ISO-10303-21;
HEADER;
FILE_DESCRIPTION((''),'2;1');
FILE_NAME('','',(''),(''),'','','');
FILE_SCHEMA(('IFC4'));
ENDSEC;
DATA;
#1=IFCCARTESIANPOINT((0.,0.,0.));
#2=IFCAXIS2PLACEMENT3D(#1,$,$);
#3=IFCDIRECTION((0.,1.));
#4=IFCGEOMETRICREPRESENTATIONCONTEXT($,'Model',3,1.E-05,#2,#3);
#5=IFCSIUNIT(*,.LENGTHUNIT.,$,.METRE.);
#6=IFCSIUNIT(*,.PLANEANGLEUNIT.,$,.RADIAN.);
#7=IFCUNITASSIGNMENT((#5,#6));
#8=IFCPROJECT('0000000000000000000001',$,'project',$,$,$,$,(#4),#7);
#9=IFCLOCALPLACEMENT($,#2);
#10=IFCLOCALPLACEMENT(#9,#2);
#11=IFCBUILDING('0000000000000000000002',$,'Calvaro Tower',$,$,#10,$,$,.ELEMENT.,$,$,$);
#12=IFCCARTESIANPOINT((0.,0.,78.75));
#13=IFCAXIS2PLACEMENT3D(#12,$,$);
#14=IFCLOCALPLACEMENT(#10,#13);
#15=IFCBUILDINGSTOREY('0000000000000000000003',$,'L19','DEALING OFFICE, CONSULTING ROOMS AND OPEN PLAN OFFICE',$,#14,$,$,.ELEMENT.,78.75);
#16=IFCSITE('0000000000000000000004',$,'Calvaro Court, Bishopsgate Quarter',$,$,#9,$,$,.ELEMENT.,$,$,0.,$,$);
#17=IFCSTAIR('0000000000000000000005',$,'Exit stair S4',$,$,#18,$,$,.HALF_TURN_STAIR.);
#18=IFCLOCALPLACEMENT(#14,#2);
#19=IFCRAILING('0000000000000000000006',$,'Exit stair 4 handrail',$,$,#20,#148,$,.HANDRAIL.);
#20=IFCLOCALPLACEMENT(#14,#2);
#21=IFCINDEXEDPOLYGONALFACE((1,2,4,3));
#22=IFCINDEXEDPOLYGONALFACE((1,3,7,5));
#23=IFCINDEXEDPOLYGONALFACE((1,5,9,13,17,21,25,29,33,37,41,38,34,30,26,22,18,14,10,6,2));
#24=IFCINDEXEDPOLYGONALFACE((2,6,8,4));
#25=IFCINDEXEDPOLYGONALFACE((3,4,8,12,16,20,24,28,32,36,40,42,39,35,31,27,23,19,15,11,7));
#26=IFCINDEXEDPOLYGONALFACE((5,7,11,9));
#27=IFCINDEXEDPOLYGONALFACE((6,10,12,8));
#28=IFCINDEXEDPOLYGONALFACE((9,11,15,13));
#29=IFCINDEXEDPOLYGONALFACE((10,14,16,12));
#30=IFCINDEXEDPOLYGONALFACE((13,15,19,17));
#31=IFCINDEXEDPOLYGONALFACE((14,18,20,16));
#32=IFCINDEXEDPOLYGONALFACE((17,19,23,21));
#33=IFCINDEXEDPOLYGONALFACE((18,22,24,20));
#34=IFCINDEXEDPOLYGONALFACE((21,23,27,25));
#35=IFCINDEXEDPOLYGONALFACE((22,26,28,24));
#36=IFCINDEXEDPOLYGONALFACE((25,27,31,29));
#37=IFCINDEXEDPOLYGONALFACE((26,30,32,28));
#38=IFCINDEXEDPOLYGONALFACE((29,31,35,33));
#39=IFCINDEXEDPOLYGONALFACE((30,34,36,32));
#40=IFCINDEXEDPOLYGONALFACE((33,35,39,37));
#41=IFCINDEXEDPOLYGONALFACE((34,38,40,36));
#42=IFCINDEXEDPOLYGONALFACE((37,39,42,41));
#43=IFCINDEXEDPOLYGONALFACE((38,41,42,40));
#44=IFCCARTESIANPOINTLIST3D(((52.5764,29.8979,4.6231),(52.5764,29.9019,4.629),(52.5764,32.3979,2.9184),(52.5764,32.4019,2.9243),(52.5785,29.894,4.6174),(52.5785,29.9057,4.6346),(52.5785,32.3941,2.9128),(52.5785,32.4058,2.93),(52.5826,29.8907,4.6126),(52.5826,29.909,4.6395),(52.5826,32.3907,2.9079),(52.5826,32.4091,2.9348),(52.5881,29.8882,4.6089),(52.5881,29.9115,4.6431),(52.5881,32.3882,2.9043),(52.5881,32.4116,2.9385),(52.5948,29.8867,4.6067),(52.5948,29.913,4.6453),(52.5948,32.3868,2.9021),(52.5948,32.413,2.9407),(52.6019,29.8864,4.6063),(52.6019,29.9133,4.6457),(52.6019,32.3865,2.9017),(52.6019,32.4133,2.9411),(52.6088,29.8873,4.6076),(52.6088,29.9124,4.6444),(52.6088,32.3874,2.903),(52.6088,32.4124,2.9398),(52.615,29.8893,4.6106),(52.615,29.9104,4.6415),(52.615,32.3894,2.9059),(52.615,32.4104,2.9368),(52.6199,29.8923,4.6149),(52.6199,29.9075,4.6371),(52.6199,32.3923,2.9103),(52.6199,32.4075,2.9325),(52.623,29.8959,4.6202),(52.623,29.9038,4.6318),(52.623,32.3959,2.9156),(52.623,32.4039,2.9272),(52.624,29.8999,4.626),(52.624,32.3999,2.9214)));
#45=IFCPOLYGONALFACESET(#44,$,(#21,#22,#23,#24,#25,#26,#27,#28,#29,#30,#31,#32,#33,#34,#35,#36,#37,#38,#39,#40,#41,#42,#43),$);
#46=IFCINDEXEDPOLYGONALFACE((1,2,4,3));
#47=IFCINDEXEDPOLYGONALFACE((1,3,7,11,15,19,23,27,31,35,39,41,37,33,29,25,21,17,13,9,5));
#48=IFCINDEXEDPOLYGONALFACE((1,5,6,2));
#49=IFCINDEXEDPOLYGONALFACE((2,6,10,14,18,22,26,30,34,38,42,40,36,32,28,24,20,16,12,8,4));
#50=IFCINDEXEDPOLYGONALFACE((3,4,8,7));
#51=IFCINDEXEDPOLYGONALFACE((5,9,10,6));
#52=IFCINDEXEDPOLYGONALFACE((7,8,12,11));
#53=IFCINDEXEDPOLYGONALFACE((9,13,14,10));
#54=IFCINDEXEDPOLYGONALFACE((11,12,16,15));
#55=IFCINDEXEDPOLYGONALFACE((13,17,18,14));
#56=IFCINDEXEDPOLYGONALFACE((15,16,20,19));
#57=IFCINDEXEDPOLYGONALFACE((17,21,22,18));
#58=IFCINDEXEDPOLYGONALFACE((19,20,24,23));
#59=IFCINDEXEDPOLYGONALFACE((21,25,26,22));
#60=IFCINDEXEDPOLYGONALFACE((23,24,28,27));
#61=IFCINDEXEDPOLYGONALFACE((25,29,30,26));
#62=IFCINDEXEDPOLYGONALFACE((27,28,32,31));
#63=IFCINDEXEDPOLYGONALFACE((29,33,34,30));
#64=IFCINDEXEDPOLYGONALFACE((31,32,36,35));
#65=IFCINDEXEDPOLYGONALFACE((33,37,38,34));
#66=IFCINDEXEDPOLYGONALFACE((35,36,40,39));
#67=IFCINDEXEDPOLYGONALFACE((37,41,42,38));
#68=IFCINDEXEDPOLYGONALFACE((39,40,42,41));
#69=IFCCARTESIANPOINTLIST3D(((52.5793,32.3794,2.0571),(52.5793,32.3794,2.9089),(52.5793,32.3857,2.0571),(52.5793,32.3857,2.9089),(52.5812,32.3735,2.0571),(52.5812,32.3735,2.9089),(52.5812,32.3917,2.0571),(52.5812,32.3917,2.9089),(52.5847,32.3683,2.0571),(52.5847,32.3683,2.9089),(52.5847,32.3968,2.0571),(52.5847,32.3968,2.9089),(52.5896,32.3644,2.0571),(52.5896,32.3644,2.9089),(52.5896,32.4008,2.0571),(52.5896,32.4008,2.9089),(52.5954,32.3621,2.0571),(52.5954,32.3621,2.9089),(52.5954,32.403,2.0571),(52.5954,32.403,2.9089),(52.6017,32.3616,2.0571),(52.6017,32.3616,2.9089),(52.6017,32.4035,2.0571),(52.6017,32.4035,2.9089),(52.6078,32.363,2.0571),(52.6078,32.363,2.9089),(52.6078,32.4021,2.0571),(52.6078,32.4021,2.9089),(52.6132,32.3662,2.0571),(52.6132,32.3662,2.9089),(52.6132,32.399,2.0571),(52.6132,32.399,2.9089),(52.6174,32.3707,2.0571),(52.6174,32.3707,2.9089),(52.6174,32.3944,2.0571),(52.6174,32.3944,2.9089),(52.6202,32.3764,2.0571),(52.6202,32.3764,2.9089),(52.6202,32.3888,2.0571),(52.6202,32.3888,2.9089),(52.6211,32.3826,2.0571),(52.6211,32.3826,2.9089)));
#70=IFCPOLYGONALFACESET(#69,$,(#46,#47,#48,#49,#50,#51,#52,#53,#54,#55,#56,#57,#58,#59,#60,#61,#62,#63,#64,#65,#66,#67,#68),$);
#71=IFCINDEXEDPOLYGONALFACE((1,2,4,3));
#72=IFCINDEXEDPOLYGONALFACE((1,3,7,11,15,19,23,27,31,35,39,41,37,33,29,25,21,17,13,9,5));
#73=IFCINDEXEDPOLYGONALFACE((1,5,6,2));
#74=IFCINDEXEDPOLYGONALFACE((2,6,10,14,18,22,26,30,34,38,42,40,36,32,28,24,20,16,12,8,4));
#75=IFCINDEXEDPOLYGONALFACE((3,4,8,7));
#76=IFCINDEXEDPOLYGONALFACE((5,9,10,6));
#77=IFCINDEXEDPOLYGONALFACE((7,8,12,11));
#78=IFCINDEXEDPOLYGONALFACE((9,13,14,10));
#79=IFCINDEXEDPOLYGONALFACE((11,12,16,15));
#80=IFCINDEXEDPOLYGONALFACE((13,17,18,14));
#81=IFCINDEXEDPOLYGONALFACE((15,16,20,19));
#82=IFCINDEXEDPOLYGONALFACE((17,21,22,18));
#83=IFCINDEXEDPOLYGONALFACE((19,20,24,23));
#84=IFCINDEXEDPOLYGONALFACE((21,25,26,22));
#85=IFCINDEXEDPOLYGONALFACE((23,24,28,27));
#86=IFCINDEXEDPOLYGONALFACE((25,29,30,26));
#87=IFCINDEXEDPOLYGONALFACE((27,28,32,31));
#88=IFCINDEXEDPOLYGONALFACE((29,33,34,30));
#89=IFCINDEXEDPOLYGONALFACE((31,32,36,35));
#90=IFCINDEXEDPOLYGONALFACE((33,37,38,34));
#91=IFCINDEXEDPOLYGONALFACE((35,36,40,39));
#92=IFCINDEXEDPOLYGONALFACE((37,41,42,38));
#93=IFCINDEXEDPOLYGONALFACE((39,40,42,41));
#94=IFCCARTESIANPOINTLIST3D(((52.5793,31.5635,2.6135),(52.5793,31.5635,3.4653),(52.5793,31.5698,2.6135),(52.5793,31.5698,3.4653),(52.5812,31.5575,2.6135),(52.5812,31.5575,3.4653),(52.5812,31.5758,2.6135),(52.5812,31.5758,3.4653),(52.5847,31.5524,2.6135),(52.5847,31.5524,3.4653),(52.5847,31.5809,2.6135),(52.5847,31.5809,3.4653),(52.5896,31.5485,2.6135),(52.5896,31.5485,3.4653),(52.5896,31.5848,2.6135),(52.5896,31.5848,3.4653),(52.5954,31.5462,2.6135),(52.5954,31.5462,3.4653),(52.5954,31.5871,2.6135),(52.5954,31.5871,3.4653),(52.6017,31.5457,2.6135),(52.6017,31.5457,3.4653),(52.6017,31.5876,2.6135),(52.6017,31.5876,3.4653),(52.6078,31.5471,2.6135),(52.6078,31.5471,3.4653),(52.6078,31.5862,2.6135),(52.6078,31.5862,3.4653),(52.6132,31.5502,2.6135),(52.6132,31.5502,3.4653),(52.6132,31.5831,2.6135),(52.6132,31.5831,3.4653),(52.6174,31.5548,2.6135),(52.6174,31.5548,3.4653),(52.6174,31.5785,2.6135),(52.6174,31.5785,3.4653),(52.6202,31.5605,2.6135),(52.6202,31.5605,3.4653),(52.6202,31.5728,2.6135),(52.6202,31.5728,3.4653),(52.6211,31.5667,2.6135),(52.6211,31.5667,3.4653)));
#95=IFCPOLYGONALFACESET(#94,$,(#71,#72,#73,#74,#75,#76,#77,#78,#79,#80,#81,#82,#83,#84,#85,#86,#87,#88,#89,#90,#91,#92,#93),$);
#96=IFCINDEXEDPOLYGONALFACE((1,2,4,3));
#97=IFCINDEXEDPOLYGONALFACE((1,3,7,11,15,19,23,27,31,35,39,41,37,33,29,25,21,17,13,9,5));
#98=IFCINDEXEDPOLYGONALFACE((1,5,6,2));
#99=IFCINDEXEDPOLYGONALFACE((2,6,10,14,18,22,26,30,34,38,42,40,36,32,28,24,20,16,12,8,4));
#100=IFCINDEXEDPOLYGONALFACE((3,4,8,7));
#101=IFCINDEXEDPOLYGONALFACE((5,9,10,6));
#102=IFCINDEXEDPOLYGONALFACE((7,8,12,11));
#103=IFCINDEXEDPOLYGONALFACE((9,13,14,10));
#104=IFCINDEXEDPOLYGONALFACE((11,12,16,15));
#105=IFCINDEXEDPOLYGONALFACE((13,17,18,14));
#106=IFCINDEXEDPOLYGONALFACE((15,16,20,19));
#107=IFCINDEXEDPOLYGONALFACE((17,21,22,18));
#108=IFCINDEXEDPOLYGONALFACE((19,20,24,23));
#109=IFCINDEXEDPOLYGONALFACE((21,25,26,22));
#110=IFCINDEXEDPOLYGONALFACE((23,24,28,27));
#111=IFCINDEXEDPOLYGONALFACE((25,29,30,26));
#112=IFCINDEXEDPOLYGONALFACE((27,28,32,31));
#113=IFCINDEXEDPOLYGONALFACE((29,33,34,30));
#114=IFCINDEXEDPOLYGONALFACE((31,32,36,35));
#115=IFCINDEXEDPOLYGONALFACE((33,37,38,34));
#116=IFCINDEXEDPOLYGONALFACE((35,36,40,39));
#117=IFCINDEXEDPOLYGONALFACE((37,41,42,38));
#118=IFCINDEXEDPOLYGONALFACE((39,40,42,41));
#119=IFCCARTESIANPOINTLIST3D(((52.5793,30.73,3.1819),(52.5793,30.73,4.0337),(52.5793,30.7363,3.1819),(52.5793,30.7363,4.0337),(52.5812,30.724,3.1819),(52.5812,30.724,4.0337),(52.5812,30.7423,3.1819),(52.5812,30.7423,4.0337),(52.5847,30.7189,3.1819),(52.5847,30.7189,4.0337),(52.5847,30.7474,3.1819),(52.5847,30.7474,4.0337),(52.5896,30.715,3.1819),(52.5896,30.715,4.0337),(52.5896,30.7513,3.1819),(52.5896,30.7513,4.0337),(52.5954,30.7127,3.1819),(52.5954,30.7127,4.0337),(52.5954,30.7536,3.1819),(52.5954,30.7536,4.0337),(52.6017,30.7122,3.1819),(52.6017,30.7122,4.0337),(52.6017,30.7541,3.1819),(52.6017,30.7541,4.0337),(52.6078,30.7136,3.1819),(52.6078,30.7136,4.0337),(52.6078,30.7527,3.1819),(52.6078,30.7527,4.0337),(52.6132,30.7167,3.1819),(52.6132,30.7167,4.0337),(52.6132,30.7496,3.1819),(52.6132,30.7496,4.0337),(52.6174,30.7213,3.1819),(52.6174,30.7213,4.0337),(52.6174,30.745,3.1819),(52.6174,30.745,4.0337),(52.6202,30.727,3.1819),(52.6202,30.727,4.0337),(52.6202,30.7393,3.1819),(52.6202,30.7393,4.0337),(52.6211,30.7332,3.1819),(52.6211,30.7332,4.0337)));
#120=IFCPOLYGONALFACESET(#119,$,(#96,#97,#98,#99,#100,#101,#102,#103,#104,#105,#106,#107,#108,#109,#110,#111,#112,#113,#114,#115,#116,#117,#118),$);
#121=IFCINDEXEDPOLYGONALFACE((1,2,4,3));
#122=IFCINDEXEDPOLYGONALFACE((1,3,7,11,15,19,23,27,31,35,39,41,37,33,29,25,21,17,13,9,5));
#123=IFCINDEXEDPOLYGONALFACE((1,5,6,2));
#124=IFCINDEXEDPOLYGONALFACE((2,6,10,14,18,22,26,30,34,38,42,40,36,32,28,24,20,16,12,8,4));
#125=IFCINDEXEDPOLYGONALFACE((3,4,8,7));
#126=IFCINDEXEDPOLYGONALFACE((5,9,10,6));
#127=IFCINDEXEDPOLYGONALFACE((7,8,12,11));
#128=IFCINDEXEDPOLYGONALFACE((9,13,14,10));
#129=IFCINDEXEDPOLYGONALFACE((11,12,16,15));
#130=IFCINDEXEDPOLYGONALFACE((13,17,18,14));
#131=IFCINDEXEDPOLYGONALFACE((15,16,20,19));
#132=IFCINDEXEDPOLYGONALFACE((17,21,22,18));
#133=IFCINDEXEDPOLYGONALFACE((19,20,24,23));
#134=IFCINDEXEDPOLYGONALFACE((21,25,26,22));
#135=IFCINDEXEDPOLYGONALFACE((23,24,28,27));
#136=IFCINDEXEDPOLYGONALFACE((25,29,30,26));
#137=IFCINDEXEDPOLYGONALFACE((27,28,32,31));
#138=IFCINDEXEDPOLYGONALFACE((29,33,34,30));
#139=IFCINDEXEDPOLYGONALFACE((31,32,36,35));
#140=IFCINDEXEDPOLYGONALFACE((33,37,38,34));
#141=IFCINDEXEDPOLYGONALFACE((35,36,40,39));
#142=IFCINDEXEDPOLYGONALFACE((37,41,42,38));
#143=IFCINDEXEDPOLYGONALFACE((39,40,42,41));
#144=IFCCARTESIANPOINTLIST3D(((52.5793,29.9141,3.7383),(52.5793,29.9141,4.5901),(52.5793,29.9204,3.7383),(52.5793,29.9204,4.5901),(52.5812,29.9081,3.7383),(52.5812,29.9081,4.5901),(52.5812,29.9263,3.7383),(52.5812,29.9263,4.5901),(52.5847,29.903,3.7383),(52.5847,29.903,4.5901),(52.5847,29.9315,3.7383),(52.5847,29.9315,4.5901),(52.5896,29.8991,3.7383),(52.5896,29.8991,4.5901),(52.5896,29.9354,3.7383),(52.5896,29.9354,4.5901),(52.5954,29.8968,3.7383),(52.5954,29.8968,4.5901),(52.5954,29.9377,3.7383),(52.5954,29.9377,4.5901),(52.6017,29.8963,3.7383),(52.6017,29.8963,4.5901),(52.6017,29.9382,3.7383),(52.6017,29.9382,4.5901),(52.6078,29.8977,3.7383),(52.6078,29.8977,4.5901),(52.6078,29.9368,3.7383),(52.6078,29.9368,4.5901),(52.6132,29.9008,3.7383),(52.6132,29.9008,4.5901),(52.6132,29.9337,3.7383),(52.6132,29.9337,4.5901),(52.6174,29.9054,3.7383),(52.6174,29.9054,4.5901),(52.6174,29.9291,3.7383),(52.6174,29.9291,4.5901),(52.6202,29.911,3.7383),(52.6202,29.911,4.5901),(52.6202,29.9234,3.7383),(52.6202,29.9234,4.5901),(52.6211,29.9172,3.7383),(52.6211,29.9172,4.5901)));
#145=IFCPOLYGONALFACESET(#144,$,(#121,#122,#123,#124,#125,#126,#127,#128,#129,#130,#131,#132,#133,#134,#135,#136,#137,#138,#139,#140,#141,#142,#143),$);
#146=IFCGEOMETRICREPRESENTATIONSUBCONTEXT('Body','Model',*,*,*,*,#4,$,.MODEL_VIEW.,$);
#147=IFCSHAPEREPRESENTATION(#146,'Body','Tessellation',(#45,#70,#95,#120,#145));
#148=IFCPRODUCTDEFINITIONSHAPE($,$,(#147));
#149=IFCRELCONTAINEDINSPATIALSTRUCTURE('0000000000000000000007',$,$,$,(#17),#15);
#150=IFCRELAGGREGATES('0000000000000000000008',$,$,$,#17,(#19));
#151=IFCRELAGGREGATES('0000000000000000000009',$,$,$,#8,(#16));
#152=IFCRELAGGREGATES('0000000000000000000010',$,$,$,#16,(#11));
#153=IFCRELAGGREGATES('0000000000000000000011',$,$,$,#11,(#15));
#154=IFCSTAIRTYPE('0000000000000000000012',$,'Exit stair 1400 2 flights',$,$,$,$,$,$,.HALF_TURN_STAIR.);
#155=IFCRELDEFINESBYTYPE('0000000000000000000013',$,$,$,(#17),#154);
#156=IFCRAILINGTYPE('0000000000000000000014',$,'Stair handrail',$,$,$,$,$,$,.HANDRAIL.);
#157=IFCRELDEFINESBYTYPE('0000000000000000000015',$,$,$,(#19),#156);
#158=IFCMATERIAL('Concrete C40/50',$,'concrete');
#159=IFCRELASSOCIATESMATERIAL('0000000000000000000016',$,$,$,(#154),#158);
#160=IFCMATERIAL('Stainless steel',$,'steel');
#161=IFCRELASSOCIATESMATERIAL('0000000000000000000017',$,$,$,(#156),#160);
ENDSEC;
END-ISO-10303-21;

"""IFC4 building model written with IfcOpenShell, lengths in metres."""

from ifc_helpers import new_model, si_unit, direction, frame, origin, origin_2d, place, context, subcontext, project, spatial, circle, extrude, material, type_object, element, aggregate, save


model = new_model("IFC4")

# Units and contexts
model_context = context("Model", 3, precision=1e-05, world=origin(), true_north=direction((0.0, 1.0)))
body_context = subcontext(model_context, "Body", "Model", "MODEL_VIEW")
ifc_project = project(units=[si_unit("LENGTHUNIT", "METRE"), si_unit("PLANEANGLEUNIT", "RADIAN")], contexts=[model_context])

# Site, building, storey
site_placement = place(None, origin())
site = spatial("IfcSite", under=ifc_project, at=site_placement, Name="Calvaro Court, Bishopsgate Quarter", CompositionType="ELEMENT", RefElevation=0.0)
building_placement = place(site_placement, origin())
building = spatial("IfcBuilding", under=site, at=building_placement, Name="Calvaro Tower", CompositionType="ELEMENT")
storey_placement = place(building_placement, frame((0.0, 0.0, 78.75)))
storey = spatial("IfcBuildingStorey", under=building, at=storey_placement, Name="L19", Description="DEALING OFFICE, CONSULTING ROOMS AND OPEN PLAN OFFICE", CompositionType="ELEMENT", Elevation=78.75)

# Stair
ifc_material_1 = material(Name="Concrete C40/50", Category="concrete")
stair_type = type_object("IfcStairType", Name="Exit stair 1400 2 flights", PredefinedType="HALF_TURN_STAIR", material=ifc_material_1)
stair_1_placement = place(storey_placement, origin())
stair_1 = element("IfcStair", 1, at=stair_1_placement, inside=storey, type_object=stair_type, Name="Exit stair S4", PredefinedType="HALF_TURN_STAIR")

# Railing
ifc_material_2 = material(Name="Stainless steel", Category="steel")
railing_type = type_object("IfcRailingType", Name="Stair handrail", PredefinedType="HANDRAIL", material=ifc_material_2)
railing_1_placement = place(storey_placement, frame((52.6001, 32.3999, 2.0454)))
railing_1 = element("IfcRailing", 2, at=railing_1_placement, type_object=railing_type, Name="Exit stair 4 handrail", PredefinedType="HANDRAIL", context=body_context, shape_type="SweptSolid", body=[
    extrude(circle(Radius=0.0239, at=origin_2d()), frame((0.0, 0.0, 0.876), z_axis=(0.0, -0.826221, 0.563347), x_axis=(1.0, 0.0, 0.0)), (0.0, 0.0, 1.0), 3.0259),
    extrude(circle(Radius=0.021, at=origin_2d()), frame((0.0, -0.0173, 0.0117)), (0.0, 0.0, 1.0), 0.8518),
    extrude(circle(Radius=0.021, at=origin_2d()), frame((0.0, -0.8333, 0.5681)), (0.0, 0.0, 1.0), 0.8518),
    extrude(circle(Radius=0.021, at=origin_2d()), frame((0.0, -1.6667, 1.1365)), (0.0, 0.0, 1.0), 0.8518),
    extrude(circle(Radius=0.021, at=origin_2d()), frame((0.0, -2.4827, 1.6929)), (0.0, 0.0, 1.0), 0.8518),
])
aggregate(stair_1, [railing_1])

save(model, "model.ifc")
